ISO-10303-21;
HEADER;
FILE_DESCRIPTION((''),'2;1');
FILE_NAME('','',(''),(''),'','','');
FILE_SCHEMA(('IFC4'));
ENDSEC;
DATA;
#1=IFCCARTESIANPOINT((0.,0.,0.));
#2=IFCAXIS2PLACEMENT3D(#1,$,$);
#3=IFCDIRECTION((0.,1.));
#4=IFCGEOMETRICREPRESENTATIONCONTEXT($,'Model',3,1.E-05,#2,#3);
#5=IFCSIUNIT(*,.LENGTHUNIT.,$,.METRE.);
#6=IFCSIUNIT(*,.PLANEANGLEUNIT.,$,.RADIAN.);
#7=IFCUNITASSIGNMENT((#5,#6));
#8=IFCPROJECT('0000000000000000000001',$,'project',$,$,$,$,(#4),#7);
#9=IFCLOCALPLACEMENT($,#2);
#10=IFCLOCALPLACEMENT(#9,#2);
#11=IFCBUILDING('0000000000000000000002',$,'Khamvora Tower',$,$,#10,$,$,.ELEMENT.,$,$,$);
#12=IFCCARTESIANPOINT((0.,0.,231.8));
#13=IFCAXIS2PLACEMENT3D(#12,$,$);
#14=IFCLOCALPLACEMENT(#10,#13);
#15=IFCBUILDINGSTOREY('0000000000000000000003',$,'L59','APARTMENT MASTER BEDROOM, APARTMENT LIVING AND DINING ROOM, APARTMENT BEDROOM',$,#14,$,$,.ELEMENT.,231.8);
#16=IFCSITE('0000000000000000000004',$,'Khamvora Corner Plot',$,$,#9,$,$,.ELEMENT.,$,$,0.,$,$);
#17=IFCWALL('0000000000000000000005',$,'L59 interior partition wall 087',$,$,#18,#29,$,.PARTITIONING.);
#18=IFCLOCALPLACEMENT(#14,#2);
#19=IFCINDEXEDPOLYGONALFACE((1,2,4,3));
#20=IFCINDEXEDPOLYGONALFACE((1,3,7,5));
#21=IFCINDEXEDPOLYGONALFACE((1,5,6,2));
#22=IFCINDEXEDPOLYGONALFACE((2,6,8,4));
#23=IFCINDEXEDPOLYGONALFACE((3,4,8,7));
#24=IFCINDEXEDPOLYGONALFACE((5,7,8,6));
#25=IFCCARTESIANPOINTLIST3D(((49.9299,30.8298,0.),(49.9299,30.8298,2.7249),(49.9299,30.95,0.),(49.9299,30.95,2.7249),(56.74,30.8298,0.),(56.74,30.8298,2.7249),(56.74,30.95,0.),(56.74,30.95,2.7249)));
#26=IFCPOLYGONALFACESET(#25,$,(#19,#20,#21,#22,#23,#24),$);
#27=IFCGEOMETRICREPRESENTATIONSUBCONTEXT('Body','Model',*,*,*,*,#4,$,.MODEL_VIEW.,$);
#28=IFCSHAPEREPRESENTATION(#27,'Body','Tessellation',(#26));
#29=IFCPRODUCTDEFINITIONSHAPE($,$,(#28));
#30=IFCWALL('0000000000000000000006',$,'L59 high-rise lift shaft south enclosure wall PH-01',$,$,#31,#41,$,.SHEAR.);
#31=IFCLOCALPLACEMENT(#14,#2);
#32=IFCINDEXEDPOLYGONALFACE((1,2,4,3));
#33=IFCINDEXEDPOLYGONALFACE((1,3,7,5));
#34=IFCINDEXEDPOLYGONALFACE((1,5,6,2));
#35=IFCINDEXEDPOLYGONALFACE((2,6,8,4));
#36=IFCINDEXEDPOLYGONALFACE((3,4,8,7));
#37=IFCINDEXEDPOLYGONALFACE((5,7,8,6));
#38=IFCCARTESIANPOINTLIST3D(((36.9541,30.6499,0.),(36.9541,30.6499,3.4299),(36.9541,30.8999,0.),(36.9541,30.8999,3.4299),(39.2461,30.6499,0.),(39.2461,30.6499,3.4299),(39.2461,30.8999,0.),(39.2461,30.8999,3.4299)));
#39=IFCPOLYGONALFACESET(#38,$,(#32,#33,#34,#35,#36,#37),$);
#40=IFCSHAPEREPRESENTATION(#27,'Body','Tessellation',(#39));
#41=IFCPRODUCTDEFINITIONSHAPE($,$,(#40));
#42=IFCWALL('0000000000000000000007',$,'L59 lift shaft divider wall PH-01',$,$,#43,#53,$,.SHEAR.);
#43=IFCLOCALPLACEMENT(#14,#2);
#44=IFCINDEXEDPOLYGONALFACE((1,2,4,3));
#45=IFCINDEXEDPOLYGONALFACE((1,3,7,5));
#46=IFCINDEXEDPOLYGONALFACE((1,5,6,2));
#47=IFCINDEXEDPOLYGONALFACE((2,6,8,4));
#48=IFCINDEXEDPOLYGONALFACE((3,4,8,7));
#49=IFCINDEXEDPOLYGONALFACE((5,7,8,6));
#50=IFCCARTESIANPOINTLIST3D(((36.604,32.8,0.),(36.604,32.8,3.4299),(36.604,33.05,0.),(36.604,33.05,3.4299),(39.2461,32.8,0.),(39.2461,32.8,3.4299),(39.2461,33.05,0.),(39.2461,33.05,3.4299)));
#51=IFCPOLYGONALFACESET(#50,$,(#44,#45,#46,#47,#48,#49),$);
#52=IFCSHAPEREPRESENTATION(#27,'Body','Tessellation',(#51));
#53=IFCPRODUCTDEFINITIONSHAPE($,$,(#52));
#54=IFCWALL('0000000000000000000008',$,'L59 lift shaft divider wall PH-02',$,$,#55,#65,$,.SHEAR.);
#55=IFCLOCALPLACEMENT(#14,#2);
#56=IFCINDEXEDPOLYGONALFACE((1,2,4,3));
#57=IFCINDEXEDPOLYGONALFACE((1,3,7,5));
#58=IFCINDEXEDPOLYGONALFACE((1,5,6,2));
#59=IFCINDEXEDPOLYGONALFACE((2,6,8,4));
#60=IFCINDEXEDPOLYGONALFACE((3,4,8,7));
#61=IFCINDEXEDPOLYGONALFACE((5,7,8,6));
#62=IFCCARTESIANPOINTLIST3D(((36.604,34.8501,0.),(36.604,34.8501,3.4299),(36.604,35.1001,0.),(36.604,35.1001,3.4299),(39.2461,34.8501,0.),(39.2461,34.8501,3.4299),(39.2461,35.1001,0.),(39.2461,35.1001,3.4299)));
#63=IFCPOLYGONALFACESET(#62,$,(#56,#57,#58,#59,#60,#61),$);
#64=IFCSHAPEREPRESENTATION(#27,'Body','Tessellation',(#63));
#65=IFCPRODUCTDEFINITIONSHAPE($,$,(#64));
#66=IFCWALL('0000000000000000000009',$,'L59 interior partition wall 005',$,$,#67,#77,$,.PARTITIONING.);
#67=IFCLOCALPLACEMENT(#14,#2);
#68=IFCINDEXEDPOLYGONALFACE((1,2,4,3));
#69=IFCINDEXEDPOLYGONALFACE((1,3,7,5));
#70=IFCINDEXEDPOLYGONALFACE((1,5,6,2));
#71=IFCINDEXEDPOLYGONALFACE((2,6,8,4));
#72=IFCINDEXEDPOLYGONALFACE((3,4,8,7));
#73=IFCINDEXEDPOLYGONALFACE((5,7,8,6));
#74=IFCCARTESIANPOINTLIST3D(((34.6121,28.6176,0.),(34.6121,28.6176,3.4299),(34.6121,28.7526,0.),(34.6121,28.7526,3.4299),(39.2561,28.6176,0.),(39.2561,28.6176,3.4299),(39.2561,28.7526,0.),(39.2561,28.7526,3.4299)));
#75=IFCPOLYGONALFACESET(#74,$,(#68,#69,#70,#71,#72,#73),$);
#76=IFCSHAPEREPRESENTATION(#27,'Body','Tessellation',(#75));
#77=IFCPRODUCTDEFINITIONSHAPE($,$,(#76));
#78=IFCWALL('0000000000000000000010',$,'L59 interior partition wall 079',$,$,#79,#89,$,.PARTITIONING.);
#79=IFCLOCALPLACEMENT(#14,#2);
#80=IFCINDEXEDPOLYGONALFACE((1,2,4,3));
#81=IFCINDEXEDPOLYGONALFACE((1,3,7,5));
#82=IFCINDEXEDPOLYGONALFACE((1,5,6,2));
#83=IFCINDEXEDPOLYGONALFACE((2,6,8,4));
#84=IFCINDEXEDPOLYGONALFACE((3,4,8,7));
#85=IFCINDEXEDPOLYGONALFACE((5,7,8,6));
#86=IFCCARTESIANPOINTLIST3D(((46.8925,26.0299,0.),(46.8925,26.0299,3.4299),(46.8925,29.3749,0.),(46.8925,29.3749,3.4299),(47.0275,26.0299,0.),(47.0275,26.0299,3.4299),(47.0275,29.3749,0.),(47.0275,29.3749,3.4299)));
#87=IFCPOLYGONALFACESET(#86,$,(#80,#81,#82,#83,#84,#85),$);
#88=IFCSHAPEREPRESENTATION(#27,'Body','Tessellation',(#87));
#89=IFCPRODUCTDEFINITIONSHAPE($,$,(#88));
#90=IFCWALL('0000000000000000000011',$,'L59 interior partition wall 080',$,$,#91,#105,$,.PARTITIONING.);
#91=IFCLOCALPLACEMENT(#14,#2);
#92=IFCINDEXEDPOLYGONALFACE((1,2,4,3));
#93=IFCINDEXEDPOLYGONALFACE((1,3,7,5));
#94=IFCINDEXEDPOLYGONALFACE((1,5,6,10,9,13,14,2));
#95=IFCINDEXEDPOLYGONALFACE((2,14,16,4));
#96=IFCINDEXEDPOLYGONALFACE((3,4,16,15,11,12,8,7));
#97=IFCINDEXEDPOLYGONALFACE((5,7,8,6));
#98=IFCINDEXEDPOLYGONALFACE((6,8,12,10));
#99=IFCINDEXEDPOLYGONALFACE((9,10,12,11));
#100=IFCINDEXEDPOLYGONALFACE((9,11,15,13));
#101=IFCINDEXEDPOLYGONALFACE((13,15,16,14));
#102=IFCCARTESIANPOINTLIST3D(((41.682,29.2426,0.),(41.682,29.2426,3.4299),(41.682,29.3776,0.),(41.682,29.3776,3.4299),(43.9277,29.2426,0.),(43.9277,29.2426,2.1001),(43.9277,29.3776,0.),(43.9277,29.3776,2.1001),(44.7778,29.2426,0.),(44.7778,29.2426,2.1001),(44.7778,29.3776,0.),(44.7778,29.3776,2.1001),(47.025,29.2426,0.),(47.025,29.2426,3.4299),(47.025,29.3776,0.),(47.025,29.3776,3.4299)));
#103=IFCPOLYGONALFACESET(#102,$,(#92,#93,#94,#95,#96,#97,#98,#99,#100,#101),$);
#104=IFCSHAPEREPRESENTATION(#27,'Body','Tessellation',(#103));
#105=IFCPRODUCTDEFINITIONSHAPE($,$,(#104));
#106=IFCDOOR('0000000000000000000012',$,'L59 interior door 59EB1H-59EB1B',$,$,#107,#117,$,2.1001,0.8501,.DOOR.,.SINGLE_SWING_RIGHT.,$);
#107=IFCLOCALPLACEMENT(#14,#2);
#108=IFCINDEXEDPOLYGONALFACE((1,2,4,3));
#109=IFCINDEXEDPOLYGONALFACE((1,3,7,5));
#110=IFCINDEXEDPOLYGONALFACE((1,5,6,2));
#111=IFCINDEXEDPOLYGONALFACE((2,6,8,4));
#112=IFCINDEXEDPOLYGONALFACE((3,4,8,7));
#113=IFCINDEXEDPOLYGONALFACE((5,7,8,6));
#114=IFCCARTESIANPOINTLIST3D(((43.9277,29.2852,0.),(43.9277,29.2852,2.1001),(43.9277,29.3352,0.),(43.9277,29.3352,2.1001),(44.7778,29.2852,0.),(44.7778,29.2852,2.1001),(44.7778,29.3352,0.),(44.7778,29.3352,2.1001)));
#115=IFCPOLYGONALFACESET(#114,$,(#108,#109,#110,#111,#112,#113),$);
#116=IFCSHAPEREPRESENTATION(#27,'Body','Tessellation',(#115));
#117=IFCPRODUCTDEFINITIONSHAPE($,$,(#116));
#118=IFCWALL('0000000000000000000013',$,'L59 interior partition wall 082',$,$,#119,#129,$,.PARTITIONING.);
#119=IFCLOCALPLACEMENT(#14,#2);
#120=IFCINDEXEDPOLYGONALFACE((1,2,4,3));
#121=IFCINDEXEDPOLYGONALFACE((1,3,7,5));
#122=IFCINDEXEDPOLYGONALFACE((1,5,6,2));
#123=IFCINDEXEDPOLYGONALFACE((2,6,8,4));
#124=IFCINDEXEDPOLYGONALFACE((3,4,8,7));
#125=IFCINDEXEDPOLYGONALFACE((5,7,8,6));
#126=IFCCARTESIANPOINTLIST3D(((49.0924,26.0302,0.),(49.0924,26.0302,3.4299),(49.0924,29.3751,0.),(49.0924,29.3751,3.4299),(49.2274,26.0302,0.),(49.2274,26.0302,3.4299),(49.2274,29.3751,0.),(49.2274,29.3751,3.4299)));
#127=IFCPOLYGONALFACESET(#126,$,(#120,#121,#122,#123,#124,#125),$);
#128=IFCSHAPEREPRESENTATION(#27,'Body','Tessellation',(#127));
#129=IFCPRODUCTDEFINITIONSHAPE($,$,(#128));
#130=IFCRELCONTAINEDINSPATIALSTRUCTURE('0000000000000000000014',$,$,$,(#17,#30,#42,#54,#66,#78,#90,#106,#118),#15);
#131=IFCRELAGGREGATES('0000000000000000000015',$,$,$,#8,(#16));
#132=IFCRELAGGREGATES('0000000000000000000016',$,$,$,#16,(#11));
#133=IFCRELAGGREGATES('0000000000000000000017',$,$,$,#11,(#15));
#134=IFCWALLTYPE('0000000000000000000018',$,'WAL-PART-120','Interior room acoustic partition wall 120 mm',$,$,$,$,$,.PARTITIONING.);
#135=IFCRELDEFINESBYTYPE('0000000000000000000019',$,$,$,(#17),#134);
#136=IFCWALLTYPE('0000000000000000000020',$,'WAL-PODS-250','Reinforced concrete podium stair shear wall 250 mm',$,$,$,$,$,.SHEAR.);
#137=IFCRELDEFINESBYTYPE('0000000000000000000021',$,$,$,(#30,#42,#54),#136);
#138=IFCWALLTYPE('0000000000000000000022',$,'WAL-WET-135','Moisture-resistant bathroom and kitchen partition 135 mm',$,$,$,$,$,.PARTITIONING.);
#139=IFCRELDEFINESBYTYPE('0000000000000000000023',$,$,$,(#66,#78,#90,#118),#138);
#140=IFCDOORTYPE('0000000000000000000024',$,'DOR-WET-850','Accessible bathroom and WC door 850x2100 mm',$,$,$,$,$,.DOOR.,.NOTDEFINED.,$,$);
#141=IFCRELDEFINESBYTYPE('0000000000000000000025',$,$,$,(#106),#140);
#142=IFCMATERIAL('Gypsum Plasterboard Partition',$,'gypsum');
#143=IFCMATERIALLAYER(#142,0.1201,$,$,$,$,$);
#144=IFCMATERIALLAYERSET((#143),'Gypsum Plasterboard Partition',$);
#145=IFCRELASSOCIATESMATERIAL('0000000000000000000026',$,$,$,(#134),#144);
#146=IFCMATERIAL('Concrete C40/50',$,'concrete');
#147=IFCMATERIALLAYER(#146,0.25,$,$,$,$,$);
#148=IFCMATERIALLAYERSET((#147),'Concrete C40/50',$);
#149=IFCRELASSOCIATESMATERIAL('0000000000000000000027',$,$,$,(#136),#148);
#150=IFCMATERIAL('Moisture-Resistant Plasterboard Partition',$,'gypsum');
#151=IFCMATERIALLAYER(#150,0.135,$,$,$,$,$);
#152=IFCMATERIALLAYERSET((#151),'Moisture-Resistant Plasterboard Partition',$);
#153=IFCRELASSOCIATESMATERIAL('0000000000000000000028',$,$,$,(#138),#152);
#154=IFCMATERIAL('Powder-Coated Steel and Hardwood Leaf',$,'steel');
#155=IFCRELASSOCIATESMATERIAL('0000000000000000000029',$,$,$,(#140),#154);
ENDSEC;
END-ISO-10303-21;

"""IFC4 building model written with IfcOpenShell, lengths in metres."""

from ifc_helpers import new_model, si_unit, direction, frame, frame_2d, origin, place, context, subcontext, project, spatial, rectangle, extrude, material, layer, layer_set, type_object, element, fill, save


model = new_model("IFC4")

# Units and contexts
model_context = context("Model", 3, precision=1e-05, world=origin(), true_north=direction((0.0, 1.0)))
body_context = subcontext(model_context, "Body", "Model", "MODEL_VIEW")
ifc_project = project(units=[si_unit("LENGTHUNIT", "METRE"), si_unit("PLANEANGLEUNIT", "RADIAN")], contexts=[model_context])

# Site, building, storey
site_placement = place(None, origin())
site = spatial("IfcSite", under=ifc_project, at=site_placement, Name="Khamvora Corner Plot", CompositionType="ELEMENT", RefElevation=0.0)
building_placement = place(site_placement, origin())
building = spatial("IfcBuilding", under=site, at=building_placement, Name="Khamvora Tower", CompositionType="ELEMENT")
storey_placement = place(building_placement, frame((0.0, 0.0, 231.8)))
storey = spatial("IfcBuildingStorey", under=building, at=storey_placement, Name="L59", Description="APARTMENT MASTER BEDROOM, APARTMENT LIVING AND DINING ROOM, APARTMENT BEDROOM", CompositionType="ELEMENT", Elevation=231.8)

# Shared definitions
ifc_material_1 = material(Name="Powder-Coated Steel and Hardwood Leaf", Category="steel")

# Shared definitions
ifc_material_2 = material(Name="Gypsum Plasterboard Partition", Category="gypsum")
ifc_layer_1 = layer(ifc_material_2, 0.1201)
ifc_layer_set_1 = layer_set([ifc_layer_1], Name="Gypsum Plasterboard Partition")
wall_type_1 = type_object("IfcWallType", Name="WAL-PART-120", Description="Interior room acoustic partition wall 120 mm", PredefinedType="PARTITIONING", material=ifc_layer_set_1)

# Walls
wall_1_placement = place(storey_placement, frame((49.9299, 30.8899, 0.0), z_axis=(0.0, 0.0, 1.0), x_axis=(1.0, 0.0, 0.0)))
element("IfcWall", 1, at=wall_1_placement, inside=storey, type_object=wall_type_1, Name="L59 interior partition wall 087", PredefinedType="PARTITIONING", context=body_context, shape_type="SweptSolid", body=[
    extrude(rectangle(XDim=6.8101, YDim=0.1201, at=frame_2d((3.405, 0.0))), origin(), (0.0, 0.0, 1.0), 2.7249),
])
ifc_material_3 = material(Name="Concrete C40/50", Category="concrete")
ifc_layer_2 = layer(ifc_material_3, 0.25)
ifc_layer_set_2 = layer_set([ifc_layer_2], Name="Concrete C40/50")
wall_type_2 = type_object("IfcWallType", Name="WAL-PODS-250", Description="Reinforced concrete podium stair shear wall 250 mm", PredefinedType="SHEAR", material=ifc_layer_set_2)
wall_2_placement = place(storey_placement, frame((36.9541, 30.7749, 0.0), z_axis=(0.0, 0.0, 1.0), x_axis=(1.0, 0.0, 0.0)))
element("IfcWall", 2, at=wall_2_placement, inside=storey, type_object=wall_type_2, Name="L59 high-rise lift shaft south enclosure wall PH-01", PredefinedType="SHEAR", context=body_context, shape_type="SweptSolid", body=[
    extrude(rectangle(XDim=2.292, YDim=0.25, at=frame_2d((1.146, 0.0))), origin(), (0.0, 0.0, 1.0), 3.4299),
])
for number, where, z_axis, x_axis, name in (
    (3, (36.604, 32.925, 0.0), (0.0, 0.0, 1.0), (1.0, 0.0, 0.0), "L59 lift shaft divider wall PH-01"),
    (4, (36.604, 34.9751, 0.0), (0.0, 0.0, 1.0), (1.0, 0.0, 0.0), "L59 lift shaft divider wall PH-02"),
):
    element("IfcWall", number, at=place(storey_placement, frame(where, z_axis=z_axis, x_axis=x_axis)), inside=storey, type_object=wall_type_2, Name=name, PredefinedType="SHEAR", context=body_context, shape_type="SweptSolid", body=[
        extrude(rectangle(XDim=2.6421, YDim=0.25, at=frame_2d((1.321, 0.0))), origin(), (0.0, 0.0, 1.0), 3.4299),
    ])
ifc_material_4 = material(Name="Moisture-Resistant Plasterboard Partition", Category="gypsum")
ifc_layer_3 = layer(ifc_material_4, 0.135)
ifc_layer_set_3 = layer_set([ifc_layer_3], Name="Moisture-Resistant Plasterboard Partition")
wall_type_3 = type_object("IfcWallType", Name="WAL-WET-135", Description="Moisture-resistant bathroom and kitchen partition 135 mm", PredefinedType="PARTITIONING", material=ifc_layer_set_3)
wall_3_placement = place(storey_placement, frame((39.2561, 28.6851, 0.0), z_axis=(0.0, 0.0, 1.0), x_axis=(-1.0, 0.0, 0.0)))
element("IfcWall", 5, at=wall_3_placement, inside=storey, type_object=wall_type_3, Name="L59 interior partition wall 005", PredefinedType="PARTITIONING", context=body_context, shape_type="SweptSolid", body=[
    extrude(rectangle(XDim=4.644, YDim=0.135, at=frame_2d((2.322, 0.0))), origin(), (0.0, 0.0, 1.0), 3.4299),
])
wall_4_placement = place(storey_placement, frame((46.96, 26.03, 0.0), z_axis=(0.0, 0.0, 1.0), x_axis=(0.0, 1.0, 0.0)))
element("IfcWall", 6, at=wall_4_placement, inside=storey, type_object=wall_type_3, Name="L59 interior partition wall 079", PredefinedType="PARTITIONING", context=body_context, shape_type="SweptSolid", body=[
    extrude(rectangle(XDim=3.345, YDim=0.135, at=frame_2d((1.6724, 0.0))), origin(), (0.0, 0.0, 1.0), 3.4299),
])

# Wall, opening, door
wall_5_placement = place(storey_placement, frame((47.0249, 29.3101, 0.0), z_axis=(0.0, 0.0, 1.0), x_axis=(-1.0, 0.0, 0.0)))
wall_5 = element("IfcWall", 7, at=wall_5_placement, inside=storey, type_object=wall_type_3, Name="L59 interior partition wall 080", PredefinedType="PARTITIONING", context=body_context, shape_type="SweptSolid", body=[
    extrude(rectangle(XDim=5.343, YDim=0.135, at=frame_2d((2.6714, 0.0))), origin(), (0.0, 0.0, 1.0), 3.4299),
])
opening_1_placement = place(wall_5_placement, frame((2.2471, 0.0, 0.0)))
opening_1 = element("IfcOpeningElement", 8, at=opening_1_placement, cuts=wall_5, PredefinedType="OPENING", context=body_context, shape_type="SweptSolid", body=[
    extrude(rectangle(XDim=0.8501, YDim=2.1001, at=frame_2d((0.425, 1.05))), frame((0.0, 0.0774, 0.0), z_axis=(0.0, -1.0, 0.0), x_axis=(1.0, 0.0, 0.0)), (0.0, 0.0, 1.0), 0.155),
])
door_type_1 = type_object("IfcDoorType", Name="DOR-WET-850", Description="Accessible bathroom and WC door 850x2100 mm", OperationType="NOTDEFINED", PredefinedType="DOOR", material=ifc_material_1)
door_1_placement = place(opening_1_placement, origin())
door_1 = element("IfcDoor", 9, at=door_1_placement, inside=storey, type_object=door_type_1, Name="L59 interior door 59EB1H-59EB1B", OperationType="SINGLE_SWING_RIGHT", OverallHeight=2.1001, OverallWidth=0.8501, PredefinedType="DOOR", context=body_context, shape_type="SweptSolid", body=[
    extrude(rectangle(XDim=0.8501, YDim=2.1001, at=frame_2d((0.425, 1.05))), frame((0.0, 0.0249, 0.0), z_axis=(0.0, -1.0, 0.0), x_axis=(1.0, 0.0, 0.0)), (0.0, 0.0, 1.0), 0.05),
])
fill(opening_1, door_1)

# Wall
wall_6_placement = place(storey_placement, frame((49.1599, 29.375, 0.0), z_axis=(0.0, 0.0, 1.0), x_axis=(0.0, -1.0, 0.0)))
element("IfcWall", 10, at=wall_6_placement, inside=storey, type_object=wall_type_3, Name="L59 interior partition wall 082", PredefinedType="PARTITIONING", context=body_context, shape_type="SweptSolid", body=[
    extrude(rectangle(XDim=3.345, YDim=0.135, at=frame_2d((1.6724, 0.0))), origin(), (0.0, 0.0, 1.0), 3.4299),
])

save(model, "model.ifc")
